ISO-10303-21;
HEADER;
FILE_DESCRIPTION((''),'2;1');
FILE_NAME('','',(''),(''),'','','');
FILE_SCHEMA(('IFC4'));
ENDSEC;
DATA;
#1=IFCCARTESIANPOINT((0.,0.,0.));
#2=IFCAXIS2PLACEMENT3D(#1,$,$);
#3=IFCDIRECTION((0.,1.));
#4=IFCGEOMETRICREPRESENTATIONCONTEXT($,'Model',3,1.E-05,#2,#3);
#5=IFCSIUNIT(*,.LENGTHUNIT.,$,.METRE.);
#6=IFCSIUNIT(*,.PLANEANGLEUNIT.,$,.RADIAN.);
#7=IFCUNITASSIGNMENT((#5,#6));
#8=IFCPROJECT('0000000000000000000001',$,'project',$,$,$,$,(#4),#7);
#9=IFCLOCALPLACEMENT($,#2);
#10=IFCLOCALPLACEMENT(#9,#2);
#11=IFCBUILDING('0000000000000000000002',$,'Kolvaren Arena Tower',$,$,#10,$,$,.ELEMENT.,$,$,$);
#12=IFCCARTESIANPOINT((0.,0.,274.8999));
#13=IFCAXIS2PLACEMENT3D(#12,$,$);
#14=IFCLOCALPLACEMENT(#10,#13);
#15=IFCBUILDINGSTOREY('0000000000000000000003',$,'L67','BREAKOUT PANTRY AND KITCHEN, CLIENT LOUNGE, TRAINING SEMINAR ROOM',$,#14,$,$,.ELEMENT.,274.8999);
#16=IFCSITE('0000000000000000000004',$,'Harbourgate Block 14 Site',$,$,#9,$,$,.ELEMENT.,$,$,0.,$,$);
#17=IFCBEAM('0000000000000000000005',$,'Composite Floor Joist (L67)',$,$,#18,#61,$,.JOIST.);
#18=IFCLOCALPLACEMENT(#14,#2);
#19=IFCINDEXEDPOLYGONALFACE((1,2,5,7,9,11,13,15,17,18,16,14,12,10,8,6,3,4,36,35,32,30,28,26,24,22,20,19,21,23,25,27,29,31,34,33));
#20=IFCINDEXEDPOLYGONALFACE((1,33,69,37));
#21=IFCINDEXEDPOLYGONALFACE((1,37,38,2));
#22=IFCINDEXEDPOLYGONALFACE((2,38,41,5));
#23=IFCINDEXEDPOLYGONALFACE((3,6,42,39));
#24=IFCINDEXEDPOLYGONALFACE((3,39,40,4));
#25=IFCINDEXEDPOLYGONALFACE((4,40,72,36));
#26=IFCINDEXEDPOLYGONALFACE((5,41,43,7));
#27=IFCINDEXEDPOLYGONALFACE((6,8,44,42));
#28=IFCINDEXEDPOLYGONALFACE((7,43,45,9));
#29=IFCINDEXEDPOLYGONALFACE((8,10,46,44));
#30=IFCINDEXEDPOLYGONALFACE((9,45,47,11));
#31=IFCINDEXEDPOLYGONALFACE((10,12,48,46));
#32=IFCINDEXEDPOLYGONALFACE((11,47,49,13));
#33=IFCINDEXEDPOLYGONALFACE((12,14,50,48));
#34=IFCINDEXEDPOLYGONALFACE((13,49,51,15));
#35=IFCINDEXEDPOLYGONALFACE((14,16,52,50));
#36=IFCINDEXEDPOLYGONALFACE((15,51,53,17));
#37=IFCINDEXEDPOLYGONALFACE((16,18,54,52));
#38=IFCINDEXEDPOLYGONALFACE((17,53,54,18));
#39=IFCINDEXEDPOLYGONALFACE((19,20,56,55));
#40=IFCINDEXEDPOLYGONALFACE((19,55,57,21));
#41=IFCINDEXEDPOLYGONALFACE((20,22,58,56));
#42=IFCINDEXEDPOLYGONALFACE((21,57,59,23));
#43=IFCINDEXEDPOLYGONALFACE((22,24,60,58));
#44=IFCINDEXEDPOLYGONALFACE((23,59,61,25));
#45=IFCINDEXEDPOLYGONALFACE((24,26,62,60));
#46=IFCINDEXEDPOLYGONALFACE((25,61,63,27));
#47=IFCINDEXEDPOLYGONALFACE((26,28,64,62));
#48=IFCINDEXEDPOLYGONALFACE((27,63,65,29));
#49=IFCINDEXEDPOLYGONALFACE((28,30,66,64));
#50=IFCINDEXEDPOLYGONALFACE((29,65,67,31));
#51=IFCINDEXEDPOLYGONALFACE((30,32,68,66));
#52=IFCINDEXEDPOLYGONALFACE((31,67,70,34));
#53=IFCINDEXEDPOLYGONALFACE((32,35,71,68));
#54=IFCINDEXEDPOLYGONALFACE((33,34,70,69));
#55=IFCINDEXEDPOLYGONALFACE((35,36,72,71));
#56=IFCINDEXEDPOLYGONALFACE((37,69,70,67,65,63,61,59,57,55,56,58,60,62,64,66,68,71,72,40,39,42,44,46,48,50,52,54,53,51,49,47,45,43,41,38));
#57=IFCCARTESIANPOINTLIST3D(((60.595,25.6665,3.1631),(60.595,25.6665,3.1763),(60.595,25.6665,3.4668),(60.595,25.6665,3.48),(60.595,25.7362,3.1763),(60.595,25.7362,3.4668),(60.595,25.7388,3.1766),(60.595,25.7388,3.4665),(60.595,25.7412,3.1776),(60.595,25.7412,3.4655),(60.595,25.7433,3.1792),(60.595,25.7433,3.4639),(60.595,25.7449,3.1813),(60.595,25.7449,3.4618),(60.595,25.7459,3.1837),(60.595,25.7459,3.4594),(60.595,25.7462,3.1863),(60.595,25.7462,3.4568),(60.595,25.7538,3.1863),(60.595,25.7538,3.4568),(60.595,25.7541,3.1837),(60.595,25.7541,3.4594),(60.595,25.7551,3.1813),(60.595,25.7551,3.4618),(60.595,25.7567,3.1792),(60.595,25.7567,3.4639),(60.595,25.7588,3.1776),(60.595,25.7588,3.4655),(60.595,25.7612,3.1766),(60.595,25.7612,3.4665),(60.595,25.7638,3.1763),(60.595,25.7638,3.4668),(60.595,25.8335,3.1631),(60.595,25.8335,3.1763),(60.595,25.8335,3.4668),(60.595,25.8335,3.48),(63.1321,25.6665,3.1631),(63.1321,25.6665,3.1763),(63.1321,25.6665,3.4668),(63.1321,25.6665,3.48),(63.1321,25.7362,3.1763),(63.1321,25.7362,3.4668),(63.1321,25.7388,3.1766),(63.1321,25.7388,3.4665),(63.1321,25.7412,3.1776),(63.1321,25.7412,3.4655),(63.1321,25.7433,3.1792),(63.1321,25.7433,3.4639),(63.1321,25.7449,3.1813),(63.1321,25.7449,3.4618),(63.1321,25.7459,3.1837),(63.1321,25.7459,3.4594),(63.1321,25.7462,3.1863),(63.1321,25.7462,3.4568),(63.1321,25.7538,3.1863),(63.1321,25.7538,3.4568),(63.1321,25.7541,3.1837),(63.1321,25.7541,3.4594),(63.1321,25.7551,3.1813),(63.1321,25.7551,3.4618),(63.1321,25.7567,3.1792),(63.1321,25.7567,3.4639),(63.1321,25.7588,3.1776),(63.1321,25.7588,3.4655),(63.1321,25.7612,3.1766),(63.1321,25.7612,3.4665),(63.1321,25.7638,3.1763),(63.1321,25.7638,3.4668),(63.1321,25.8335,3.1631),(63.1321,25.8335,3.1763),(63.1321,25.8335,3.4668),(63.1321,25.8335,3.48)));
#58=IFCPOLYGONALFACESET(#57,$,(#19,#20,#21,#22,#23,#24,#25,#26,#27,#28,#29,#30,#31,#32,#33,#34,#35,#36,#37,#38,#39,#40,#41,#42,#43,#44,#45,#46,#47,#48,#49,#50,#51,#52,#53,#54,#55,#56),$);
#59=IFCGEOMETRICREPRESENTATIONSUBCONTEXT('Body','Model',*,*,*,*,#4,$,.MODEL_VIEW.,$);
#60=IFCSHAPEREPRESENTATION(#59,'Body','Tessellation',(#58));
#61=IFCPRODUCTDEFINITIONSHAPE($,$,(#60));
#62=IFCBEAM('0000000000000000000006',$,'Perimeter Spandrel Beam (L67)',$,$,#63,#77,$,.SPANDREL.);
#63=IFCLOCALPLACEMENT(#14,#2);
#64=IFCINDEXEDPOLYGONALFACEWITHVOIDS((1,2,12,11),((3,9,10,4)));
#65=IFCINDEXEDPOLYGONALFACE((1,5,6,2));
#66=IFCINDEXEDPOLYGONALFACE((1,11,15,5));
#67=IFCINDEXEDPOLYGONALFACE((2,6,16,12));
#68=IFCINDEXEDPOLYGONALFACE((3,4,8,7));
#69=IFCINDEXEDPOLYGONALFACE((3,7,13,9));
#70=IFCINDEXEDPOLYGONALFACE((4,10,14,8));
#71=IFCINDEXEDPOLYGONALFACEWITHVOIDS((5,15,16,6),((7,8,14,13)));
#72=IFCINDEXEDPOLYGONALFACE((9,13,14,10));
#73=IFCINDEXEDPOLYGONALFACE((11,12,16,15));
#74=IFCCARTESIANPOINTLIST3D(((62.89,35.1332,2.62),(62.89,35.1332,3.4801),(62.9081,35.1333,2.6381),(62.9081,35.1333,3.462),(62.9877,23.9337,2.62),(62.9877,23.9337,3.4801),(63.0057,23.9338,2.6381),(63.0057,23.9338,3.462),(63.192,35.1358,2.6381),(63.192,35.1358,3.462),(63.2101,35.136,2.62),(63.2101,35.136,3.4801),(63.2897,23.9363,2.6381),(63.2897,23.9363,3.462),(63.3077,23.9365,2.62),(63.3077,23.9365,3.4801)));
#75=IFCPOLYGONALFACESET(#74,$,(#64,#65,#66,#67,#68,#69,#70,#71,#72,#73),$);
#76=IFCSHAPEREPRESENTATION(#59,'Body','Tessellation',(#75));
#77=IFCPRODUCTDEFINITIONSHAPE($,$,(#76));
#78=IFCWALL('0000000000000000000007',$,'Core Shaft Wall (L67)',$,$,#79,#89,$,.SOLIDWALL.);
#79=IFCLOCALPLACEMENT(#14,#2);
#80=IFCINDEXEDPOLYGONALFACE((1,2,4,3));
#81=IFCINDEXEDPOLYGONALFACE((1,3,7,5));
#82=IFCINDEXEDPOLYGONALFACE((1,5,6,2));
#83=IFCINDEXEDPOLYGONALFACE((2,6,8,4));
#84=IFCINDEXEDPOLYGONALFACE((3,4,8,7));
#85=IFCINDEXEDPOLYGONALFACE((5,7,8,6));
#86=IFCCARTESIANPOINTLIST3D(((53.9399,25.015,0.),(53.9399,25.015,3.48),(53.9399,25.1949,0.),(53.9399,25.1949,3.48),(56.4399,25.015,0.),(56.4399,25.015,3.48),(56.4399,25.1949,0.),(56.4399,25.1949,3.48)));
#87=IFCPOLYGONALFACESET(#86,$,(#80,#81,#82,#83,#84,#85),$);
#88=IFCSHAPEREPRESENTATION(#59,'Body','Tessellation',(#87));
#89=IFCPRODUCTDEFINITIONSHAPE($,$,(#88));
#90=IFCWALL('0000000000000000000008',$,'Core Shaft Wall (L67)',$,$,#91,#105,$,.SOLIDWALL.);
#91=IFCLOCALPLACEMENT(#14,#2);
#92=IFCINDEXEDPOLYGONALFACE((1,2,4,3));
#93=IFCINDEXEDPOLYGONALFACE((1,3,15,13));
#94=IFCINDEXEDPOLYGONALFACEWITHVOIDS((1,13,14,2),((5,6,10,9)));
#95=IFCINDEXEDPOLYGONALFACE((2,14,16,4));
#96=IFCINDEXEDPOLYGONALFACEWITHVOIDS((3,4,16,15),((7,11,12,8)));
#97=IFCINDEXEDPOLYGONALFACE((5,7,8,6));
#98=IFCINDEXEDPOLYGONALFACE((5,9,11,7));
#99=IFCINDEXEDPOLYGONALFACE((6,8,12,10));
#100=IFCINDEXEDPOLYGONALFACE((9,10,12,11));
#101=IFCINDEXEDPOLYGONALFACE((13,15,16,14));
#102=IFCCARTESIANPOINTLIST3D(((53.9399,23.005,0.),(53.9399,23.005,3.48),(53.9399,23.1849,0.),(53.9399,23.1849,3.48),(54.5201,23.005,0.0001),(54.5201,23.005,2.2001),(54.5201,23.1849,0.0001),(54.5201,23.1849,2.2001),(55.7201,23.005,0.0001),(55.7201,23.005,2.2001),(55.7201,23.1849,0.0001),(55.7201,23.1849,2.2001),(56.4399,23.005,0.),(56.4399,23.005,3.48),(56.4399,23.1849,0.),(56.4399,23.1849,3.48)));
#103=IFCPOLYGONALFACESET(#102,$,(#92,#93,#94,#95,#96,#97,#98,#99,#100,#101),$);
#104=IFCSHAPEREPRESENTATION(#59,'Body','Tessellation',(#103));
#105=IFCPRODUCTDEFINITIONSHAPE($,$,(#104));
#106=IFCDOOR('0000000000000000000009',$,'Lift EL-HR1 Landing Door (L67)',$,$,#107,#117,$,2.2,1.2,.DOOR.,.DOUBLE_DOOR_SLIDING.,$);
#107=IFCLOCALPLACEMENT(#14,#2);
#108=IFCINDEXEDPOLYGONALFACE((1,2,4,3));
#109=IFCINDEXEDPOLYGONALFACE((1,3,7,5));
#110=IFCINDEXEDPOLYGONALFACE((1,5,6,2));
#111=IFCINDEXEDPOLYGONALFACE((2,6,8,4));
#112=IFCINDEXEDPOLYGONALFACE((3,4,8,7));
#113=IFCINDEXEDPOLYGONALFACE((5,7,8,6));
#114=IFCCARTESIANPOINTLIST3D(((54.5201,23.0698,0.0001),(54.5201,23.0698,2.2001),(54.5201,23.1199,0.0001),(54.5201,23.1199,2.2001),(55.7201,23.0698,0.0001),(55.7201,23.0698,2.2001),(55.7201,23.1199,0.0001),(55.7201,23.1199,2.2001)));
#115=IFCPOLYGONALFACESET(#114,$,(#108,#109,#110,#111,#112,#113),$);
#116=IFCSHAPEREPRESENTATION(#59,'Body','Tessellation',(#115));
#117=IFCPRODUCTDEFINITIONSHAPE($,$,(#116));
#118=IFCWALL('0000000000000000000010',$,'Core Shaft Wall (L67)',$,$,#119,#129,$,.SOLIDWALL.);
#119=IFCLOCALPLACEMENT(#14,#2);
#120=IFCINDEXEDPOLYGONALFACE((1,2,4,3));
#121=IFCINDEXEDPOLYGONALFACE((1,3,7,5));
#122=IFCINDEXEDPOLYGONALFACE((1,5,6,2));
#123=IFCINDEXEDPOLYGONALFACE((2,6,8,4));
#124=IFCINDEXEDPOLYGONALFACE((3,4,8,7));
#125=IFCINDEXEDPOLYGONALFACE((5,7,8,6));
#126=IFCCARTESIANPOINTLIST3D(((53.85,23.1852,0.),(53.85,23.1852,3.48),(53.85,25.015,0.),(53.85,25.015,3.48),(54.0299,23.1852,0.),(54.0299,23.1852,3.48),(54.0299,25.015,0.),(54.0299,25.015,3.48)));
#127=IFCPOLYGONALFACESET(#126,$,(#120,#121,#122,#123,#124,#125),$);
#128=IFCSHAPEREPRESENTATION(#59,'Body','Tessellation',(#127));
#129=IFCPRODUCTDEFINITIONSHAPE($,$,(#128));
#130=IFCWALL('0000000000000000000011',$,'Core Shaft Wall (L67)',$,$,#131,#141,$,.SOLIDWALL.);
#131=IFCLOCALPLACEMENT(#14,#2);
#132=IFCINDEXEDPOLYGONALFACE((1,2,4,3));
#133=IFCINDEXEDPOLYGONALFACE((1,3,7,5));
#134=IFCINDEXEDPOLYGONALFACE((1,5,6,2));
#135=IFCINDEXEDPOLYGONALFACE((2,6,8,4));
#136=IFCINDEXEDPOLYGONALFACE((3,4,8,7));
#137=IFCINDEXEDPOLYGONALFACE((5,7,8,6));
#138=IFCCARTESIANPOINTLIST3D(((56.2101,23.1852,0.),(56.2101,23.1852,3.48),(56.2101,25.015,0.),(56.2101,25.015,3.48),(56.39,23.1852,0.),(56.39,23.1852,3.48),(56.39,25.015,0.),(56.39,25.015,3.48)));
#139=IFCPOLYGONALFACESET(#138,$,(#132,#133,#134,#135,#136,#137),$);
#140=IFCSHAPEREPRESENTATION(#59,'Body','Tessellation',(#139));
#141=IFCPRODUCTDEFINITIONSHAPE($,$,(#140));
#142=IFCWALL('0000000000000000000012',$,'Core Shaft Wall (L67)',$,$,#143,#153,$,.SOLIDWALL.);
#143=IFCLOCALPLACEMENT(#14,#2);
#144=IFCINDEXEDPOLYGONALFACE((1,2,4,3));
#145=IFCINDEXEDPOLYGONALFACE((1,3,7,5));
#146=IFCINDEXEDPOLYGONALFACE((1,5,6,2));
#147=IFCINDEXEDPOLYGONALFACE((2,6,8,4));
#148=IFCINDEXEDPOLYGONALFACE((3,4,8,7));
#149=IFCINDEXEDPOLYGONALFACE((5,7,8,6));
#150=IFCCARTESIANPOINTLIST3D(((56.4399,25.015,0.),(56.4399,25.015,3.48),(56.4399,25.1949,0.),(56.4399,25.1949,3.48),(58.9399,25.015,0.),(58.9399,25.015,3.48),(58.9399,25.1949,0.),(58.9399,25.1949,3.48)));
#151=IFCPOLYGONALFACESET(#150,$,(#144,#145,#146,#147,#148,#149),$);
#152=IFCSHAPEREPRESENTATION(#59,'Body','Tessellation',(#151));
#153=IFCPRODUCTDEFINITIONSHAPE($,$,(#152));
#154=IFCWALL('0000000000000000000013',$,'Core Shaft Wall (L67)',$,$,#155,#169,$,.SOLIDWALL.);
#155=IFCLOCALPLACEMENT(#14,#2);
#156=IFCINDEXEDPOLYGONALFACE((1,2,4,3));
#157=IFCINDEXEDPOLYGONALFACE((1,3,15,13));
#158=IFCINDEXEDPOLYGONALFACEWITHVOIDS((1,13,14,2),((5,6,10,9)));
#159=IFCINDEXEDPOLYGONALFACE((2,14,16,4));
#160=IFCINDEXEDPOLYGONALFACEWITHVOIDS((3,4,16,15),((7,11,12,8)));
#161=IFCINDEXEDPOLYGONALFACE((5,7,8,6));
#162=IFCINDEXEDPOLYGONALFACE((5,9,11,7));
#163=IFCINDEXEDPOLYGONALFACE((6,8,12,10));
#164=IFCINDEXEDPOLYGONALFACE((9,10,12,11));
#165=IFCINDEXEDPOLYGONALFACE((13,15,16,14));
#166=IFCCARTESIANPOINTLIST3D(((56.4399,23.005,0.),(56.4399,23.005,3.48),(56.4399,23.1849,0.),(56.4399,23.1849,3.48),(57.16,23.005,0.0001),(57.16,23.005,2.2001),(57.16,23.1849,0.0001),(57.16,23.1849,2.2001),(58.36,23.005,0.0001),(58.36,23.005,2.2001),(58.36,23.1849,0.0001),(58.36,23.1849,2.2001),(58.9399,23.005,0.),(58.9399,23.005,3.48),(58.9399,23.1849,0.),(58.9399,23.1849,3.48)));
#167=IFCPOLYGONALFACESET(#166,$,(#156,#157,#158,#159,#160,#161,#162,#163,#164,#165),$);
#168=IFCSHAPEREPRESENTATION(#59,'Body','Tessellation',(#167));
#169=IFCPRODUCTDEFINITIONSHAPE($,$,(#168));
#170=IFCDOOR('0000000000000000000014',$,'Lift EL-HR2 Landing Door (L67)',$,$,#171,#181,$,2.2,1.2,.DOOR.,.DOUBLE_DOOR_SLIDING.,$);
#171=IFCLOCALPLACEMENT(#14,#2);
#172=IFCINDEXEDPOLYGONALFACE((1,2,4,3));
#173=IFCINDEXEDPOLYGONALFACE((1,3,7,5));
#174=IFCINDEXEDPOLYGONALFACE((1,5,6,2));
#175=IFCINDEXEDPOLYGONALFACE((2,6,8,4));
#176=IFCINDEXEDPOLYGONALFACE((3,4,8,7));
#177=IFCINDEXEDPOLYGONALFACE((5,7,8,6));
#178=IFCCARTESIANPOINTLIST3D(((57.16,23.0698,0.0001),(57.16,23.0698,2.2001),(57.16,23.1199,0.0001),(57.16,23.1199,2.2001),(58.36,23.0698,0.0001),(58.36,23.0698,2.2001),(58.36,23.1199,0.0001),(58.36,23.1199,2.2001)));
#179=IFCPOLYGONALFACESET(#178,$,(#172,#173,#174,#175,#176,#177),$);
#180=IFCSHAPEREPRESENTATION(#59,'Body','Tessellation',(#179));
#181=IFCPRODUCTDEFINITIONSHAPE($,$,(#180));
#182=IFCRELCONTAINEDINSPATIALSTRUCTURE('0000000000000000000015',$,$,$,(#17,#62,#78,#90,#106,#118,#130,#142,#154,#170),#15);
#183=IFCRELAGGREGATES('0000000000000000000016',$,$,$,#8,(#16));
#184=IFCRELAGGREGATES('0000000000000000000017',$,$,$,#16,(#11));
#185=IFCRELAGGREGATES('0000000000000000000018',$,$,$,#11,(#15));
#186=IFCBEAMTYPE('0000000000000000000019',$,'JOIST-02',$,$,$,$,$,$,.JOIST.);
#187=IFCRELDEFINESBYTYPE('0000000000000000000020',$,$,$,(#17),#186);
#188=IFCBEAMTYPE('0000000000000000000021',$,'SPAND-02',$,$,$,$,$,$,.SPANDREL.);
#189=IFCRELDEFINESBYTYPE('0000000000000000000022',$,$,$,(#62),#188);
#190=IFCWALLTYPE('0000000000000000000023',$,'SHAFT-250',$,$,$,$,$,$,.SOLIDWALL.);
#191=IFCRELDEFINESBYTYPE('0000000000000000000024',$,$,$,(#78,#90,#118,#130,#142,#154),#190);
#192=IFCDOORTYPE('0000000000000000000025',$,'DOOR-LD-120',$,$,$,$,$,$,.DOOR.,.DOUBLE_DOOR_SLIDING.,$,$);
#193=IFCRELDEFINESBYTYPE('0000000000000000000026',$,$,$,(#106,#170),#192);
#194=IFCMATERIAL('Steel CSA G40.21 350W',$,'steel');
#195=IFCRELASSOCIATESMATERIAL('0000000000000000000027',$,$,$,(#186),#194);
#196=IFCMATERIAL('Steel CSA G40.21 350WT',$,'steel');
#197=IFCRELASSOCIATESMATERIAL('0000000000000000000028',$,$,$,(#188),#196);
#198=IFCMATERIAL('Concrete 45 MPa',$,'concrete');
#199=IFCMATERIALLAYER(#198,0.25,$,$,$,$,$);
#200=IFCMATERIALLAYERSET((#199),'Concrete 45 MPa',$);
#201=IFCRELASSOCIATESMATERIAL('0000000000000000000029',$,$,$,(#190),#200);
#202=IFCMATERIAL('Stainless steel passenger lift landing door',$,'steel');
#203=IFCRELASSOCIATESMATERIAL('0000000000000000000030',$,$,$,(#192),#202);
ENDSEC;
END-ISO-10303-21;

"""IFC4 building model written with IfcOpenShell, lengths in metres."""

from ifc_helpers import new_model, si_unit, direction, frame, frame_2d, origin, origin_2d, place, context, subcontext, project, spatial, rectangle, hollow_rectangle, i_section, extrude, material, layer, layer_set, material_profile, profile_set, type_object, element, fill, save


model = new_model("IFC4")

# Units and contexts
model_context = context("Model", 3, precision=1e-05, world=origin(), true_north=direction((0.0, 1.0)))
body_context = subcontext(model_context, "Body", "Model", "MODEL_VIEW")
ifc_project = project(units=[si_unit("LENGTHUNIT", "METRE"), si_unit("PLANEANGLEUNIT", "RADIAN")], contexts=[model_context])

# Site, building, storey
site_placement = place(None, origin())
site = spatial("IfcSite", under=ifc_project, at=site_placement, Name="Harbourgate Block 14 Site", CompositionType="ELEMENT", RefElevation=0.0)
building_placement = place(site_placement, origin())
building = spatial("IfcBuilding", under=site, at=building_placement, Name="Kolvaren Arena Tower", CompositionType="ELEMENT")
storey_placement = place(building_placement, frame((0.0, 0.0, 274.8999)))
storey = spatial("IfcBuildingStorey", under=building, at=storey_placement, Name="L67", Description="BREAKOUT PANTRY AND KITCHEN, CLIENT LOUNGE, TRAINING SEMINAR ROOM", CompositionType="ELEMENT", Elevation=274.8999)

# Beams
ifc_material_1 = material(Name="Steel CSA G40.21 350W", Category="steel")
ifc_material_profile_1 = material_profile(ifc_material_1, i_section(OverallWidth=0.167, OverallDepth=0.3169, WebThickness=0.0076, FlangeThickness=0.0132, FilletRadius=0.01, at=origin_2d()), Name="W310x52")
ifc_profile_set_1 = profile_set([ifc_material_profile_1], Name="Steel CSA G40.21 350W")
beam_type_1 = type_object("IfcBeamType", Name="JOIST-02", PredefinedType="JOIST", material=ifc_profile_set_1)
beam_1_placement = place(storey_placement, frame((60.595, 25.75, 3.3215), z_axis=(1.0, 0.0, 0.0), x_axis=(0.0, 1.0, 0.0)))
element("IfcBeam", 1, at=beam_1_placement, inside=storey, type_object=beam_type_1, Name="Composite Floor Joist (L67)", PredefinedType="JOIST", context=body_context, shape_type="SweptSolid", body=[
    extrude(i_section(OverallWidth=0.167, OverallDepth=0.3169, WebThickness=0.0076, FlangeThickness=0.0132, FilletRadius=0.01, at=origin_2d()), origin(), (0.0, 0.0, 1.0), 2.5371),
])
ifc_material_2 = material(Name="Steel CSA G40.21 350WT", Category="steel")
ifc_material_profile_2 = material_profile(ifc_material_2, hollow_rectangle(XDim=0.3201, YDim=0.8601, WallThickness=0.0181, at=origin_2d()), Name="HSS 860x320x18")
ifc_profile_set_2 = profile_set([ifc_material_profile_2], Name="Steel CSA G40.21 350WT")
beam_type_2 = type_object("IfcBeamType", Name="SPAND-02", PredefinedType="SPANDREL", material=ifc_profile_set_2)
beam_2_placement = place(storey_placement, frame((63.1477, 23.9351, 3.05), z_axis=(-0.008719, 0.999962, 0.0), x_axis=(-0.999962, -0.008719, 0.0)))
element("IfcBeam", 2, at=beam_2_placement, inside=storey, type_object=beam_type_2, Name="Perimeter Spandrel Beam (L67)", PredefinedType="SPANDREL", context=body_context, shape_type="SweptSolid", body=[
    extrude(hollow_rectangle(XDim=0.3201, YDim=0.8601, WallThickness=0.0181, at=origin_2d()), origin(), (0.0, 0.0, 1.0), 11.2),
])

# Wall
ifc_material_3 = material(Name="Concrete 45 MPa", Category="concrete")
ifc_layer = layer(ifc_material_3, 0.25)
ifc_layer_set = layer_set([ifc_layer], Name="Concrete 45 MPa")
wall_type = type_object("IfcWallType", Name="SHAFT-250", PredefinedType="SOLIDWALL", material=ifc_layer_set)
wall_1_placement = place(storey_placement, frame((53.9399, 25.105, 0.0), z_axis=(0.0, 0.0, 1.0), x_axis=(1.0, 0.0, 0.0)))
element("IfcWall", 3, at=wall_1_placement, inside=storey, type_object=wall_type, Name="Core Shaft Wall (L67)", PredefinedType="SOLIDWALL", context=body_context, shape_type="SweptSolid", body=[
    extrude(rectangle(XDim=2.5, YDim=0.1799, at=frame_2d((1.25, 0.0))), origin(), (0.0, 0.0, 1.0), 3.48),
])

# Wall, opening, door
wall_2_placement = place(storey_placement, frame((53.9399, 23.095, 0.0), z_axis=(0.0, 0.0, 1.0), x_axis=(1.0, 0.0, 0.0)))
wall_2 = element("IfcWall", 4, at=wall_2_placement, inside=storey, type_object=wall_type, Name="Core Shaft Wall (L67)", PredefinedType="SOLIDWALL", context=body_context, shape_type="SweptSolid", body=[
    extrude(rectangle(XDim=2.5, YDim=0.1799, at=frame_2d((1.25, 0.0))), origin(), (0.0, 0.0, 1.0), 3.48),
])
opening_1_placement = place(wall_2_placement, frame((0.5801, 0.0, 0.0)))
opening_1 = element("IfcOpeningElement", 5, at=opening_1_placement, cuts=wall_2, PredefinedType="OPENING", context=body_context, shape_type="SweptSolid", body=[
    extrude(rectangle(XDim=1.2, YDim=2.2, at=frame_2d((0.6001, 1.1001))), frame((0.0, 0.0999, 0.0), z_axis=(0.0, -1.0, 0.0), x_axis=(1.0, 0.0, 0.0)), (0.0, 0.0, 1.0), 0.2),
])
ifc_material_4 = material(Name="Stainless steel passenger lift landing door", Category="steel")
door_type = type_object("IfcDoorType", Name="DOOR-LD-120", OperationType="DOUBLE_DOOR_SLIDING", PredefinedType="DOOR", material=ifc_material_4)
door_1_placement = place(opening_1_placement, origin())
door_1 = element("IfcDoor", 6, at=door_1_placement, inside=storey, type_object=door_type, Name="Lift EL-HR1 Landing Door (L67)", OperationType="DOUBLE_DOOR_SLIDING", OverallHeight=2.2, OverallWidth=1.2, PredefinedType="DOOR", context=body_context, shape_type="SweptSolid", body=[
    extrude(rectangle(XDim=1.2, YDim=2.2, at=frame_2d((0.6001, 1.1001))), frame((0.0, 0.0249, 0.0), z_axis=(0.0, -1.0, 0.0), x_axis=(1.0, 0.0, 0.0)), (0.0, 0.0, 1.0), 0.05),
])
fill(opening_1, door_1)

# Walls
for number, where, z_axis, x_axis, name in (
    (7, (53.9399, 23.1851, 0.0), (0.0, 0.0, 1.0), (0.0, 1.0, 0.0), "Core Shaft Wall (L67)"),
    (8, (56.3, 23.1851, 0.0), (0.0, 0.0, 1.0), (0.0, 1.0, 0.0), "Core Shaft Wall (L67)"),
):
    element("IfcWall", number, at=place(storey_placement, frame(where, z_axis=z_axis, x_axis=x_axis)), inside=storey, type_object=wall_type, Name=name, PredefinedType="SOLIDWALL", context=body_context, shape_type="SweptSolid", body=[
        extrude(rectangle(XDim=1.8298, YDim=0.1799, at=frame_2d((0.915, 0.0))), origin(), (0.0, 0.0, 1.0), 3.48),
    ])
wall_3_placement = place(storey_placement, frame((56.4399, 25.105, 0.0), z_axis=(0.0, 0.0, 1.0), x_axis=(1.0, 0.0, 0.0)))
element("IfcWall", 9, at=wall_3_placement, inside=storey, type_object=wall_type, Name="Core Shaft Wall (L67)", PredefinedType="SOLIDWALL", context=body_context, shape_type="SweptSolid", body=[
    extrude(rectangle(XDim=2.5, YDim=0.1799, at=frame_2d((1.25, 0.0))), origin(), (0.0, 0.0, 1.0), 3.48),
])

# Wall, opening, door
wall_4_placement = place(storey_placement, frame((56.4399, 23.095, 0.0), z_axis=(0.0, 0.0, 1.0), x_axis=(1.0, 0.0, 0.0)))
wall_4 = element("IfcWall", 10, at=wall_4_placement, inside=storey, type_object=wall_type, Name="Core Shaft Wall (L67)", PredefinedType="SOLIDWALL", context=body_context, shape_type="SweptSolid", body=[
    extrude(rectangle(XDim=2.5, YDim=0.1799, at=frame_2d((1.25, 0.0))), origin(), (0.0, 0.0, 1.0), 3.48),
])
opening_2_placement = place(wall_4_placement, frame((0.72, 0.0, 0.0)))
opening_2 = element("IfcOpeningElement", 11, at=opening_2_placement, cuts=wall_4, PredefinedType="OPENING", context=body_context, shape_type="SweptSolid", body=[
    extrude(rectangle(XDim=1.2, YDim=2.2, at=frame_2d((0.6001, 1.1001))), frame((0.0, 0.0999, 0.0), z_axis=(0.0, -1.0, 0.0), x_axis=(1.0, 0.0, 0.0)), (0.0, 0.0, 1.0), 0.2),
])
door_2_placement = place(opening_2_placement, origin())
door_2 = element("IfcDoor", 12, at=door_2_placement, inside=storey, type_object=door_type, Name="Lift EL-HR2 Landing Door (L67)", OperationType="DOUBLE_DOOR_SLIDING", OverallHeight=2.2, OverallWidth=1.2, PredefinedType="DOOR", context=body_context, shape_type="SweptSolid", body=[
    extrude(rectangle(XDim=1.2, YDim=2.2, at=frame_2d((0.6001, 1.1001))), frame((0.0, 0.0249, 0.0), z_axis=(0.0, -1.0, 0.0), x_axis=(1.0, 0.0, 0.0)), (0.0, 0.0, 1.0), 0.05),
])
fill(opening_2, door_2)

save(model, "model.ifc")
